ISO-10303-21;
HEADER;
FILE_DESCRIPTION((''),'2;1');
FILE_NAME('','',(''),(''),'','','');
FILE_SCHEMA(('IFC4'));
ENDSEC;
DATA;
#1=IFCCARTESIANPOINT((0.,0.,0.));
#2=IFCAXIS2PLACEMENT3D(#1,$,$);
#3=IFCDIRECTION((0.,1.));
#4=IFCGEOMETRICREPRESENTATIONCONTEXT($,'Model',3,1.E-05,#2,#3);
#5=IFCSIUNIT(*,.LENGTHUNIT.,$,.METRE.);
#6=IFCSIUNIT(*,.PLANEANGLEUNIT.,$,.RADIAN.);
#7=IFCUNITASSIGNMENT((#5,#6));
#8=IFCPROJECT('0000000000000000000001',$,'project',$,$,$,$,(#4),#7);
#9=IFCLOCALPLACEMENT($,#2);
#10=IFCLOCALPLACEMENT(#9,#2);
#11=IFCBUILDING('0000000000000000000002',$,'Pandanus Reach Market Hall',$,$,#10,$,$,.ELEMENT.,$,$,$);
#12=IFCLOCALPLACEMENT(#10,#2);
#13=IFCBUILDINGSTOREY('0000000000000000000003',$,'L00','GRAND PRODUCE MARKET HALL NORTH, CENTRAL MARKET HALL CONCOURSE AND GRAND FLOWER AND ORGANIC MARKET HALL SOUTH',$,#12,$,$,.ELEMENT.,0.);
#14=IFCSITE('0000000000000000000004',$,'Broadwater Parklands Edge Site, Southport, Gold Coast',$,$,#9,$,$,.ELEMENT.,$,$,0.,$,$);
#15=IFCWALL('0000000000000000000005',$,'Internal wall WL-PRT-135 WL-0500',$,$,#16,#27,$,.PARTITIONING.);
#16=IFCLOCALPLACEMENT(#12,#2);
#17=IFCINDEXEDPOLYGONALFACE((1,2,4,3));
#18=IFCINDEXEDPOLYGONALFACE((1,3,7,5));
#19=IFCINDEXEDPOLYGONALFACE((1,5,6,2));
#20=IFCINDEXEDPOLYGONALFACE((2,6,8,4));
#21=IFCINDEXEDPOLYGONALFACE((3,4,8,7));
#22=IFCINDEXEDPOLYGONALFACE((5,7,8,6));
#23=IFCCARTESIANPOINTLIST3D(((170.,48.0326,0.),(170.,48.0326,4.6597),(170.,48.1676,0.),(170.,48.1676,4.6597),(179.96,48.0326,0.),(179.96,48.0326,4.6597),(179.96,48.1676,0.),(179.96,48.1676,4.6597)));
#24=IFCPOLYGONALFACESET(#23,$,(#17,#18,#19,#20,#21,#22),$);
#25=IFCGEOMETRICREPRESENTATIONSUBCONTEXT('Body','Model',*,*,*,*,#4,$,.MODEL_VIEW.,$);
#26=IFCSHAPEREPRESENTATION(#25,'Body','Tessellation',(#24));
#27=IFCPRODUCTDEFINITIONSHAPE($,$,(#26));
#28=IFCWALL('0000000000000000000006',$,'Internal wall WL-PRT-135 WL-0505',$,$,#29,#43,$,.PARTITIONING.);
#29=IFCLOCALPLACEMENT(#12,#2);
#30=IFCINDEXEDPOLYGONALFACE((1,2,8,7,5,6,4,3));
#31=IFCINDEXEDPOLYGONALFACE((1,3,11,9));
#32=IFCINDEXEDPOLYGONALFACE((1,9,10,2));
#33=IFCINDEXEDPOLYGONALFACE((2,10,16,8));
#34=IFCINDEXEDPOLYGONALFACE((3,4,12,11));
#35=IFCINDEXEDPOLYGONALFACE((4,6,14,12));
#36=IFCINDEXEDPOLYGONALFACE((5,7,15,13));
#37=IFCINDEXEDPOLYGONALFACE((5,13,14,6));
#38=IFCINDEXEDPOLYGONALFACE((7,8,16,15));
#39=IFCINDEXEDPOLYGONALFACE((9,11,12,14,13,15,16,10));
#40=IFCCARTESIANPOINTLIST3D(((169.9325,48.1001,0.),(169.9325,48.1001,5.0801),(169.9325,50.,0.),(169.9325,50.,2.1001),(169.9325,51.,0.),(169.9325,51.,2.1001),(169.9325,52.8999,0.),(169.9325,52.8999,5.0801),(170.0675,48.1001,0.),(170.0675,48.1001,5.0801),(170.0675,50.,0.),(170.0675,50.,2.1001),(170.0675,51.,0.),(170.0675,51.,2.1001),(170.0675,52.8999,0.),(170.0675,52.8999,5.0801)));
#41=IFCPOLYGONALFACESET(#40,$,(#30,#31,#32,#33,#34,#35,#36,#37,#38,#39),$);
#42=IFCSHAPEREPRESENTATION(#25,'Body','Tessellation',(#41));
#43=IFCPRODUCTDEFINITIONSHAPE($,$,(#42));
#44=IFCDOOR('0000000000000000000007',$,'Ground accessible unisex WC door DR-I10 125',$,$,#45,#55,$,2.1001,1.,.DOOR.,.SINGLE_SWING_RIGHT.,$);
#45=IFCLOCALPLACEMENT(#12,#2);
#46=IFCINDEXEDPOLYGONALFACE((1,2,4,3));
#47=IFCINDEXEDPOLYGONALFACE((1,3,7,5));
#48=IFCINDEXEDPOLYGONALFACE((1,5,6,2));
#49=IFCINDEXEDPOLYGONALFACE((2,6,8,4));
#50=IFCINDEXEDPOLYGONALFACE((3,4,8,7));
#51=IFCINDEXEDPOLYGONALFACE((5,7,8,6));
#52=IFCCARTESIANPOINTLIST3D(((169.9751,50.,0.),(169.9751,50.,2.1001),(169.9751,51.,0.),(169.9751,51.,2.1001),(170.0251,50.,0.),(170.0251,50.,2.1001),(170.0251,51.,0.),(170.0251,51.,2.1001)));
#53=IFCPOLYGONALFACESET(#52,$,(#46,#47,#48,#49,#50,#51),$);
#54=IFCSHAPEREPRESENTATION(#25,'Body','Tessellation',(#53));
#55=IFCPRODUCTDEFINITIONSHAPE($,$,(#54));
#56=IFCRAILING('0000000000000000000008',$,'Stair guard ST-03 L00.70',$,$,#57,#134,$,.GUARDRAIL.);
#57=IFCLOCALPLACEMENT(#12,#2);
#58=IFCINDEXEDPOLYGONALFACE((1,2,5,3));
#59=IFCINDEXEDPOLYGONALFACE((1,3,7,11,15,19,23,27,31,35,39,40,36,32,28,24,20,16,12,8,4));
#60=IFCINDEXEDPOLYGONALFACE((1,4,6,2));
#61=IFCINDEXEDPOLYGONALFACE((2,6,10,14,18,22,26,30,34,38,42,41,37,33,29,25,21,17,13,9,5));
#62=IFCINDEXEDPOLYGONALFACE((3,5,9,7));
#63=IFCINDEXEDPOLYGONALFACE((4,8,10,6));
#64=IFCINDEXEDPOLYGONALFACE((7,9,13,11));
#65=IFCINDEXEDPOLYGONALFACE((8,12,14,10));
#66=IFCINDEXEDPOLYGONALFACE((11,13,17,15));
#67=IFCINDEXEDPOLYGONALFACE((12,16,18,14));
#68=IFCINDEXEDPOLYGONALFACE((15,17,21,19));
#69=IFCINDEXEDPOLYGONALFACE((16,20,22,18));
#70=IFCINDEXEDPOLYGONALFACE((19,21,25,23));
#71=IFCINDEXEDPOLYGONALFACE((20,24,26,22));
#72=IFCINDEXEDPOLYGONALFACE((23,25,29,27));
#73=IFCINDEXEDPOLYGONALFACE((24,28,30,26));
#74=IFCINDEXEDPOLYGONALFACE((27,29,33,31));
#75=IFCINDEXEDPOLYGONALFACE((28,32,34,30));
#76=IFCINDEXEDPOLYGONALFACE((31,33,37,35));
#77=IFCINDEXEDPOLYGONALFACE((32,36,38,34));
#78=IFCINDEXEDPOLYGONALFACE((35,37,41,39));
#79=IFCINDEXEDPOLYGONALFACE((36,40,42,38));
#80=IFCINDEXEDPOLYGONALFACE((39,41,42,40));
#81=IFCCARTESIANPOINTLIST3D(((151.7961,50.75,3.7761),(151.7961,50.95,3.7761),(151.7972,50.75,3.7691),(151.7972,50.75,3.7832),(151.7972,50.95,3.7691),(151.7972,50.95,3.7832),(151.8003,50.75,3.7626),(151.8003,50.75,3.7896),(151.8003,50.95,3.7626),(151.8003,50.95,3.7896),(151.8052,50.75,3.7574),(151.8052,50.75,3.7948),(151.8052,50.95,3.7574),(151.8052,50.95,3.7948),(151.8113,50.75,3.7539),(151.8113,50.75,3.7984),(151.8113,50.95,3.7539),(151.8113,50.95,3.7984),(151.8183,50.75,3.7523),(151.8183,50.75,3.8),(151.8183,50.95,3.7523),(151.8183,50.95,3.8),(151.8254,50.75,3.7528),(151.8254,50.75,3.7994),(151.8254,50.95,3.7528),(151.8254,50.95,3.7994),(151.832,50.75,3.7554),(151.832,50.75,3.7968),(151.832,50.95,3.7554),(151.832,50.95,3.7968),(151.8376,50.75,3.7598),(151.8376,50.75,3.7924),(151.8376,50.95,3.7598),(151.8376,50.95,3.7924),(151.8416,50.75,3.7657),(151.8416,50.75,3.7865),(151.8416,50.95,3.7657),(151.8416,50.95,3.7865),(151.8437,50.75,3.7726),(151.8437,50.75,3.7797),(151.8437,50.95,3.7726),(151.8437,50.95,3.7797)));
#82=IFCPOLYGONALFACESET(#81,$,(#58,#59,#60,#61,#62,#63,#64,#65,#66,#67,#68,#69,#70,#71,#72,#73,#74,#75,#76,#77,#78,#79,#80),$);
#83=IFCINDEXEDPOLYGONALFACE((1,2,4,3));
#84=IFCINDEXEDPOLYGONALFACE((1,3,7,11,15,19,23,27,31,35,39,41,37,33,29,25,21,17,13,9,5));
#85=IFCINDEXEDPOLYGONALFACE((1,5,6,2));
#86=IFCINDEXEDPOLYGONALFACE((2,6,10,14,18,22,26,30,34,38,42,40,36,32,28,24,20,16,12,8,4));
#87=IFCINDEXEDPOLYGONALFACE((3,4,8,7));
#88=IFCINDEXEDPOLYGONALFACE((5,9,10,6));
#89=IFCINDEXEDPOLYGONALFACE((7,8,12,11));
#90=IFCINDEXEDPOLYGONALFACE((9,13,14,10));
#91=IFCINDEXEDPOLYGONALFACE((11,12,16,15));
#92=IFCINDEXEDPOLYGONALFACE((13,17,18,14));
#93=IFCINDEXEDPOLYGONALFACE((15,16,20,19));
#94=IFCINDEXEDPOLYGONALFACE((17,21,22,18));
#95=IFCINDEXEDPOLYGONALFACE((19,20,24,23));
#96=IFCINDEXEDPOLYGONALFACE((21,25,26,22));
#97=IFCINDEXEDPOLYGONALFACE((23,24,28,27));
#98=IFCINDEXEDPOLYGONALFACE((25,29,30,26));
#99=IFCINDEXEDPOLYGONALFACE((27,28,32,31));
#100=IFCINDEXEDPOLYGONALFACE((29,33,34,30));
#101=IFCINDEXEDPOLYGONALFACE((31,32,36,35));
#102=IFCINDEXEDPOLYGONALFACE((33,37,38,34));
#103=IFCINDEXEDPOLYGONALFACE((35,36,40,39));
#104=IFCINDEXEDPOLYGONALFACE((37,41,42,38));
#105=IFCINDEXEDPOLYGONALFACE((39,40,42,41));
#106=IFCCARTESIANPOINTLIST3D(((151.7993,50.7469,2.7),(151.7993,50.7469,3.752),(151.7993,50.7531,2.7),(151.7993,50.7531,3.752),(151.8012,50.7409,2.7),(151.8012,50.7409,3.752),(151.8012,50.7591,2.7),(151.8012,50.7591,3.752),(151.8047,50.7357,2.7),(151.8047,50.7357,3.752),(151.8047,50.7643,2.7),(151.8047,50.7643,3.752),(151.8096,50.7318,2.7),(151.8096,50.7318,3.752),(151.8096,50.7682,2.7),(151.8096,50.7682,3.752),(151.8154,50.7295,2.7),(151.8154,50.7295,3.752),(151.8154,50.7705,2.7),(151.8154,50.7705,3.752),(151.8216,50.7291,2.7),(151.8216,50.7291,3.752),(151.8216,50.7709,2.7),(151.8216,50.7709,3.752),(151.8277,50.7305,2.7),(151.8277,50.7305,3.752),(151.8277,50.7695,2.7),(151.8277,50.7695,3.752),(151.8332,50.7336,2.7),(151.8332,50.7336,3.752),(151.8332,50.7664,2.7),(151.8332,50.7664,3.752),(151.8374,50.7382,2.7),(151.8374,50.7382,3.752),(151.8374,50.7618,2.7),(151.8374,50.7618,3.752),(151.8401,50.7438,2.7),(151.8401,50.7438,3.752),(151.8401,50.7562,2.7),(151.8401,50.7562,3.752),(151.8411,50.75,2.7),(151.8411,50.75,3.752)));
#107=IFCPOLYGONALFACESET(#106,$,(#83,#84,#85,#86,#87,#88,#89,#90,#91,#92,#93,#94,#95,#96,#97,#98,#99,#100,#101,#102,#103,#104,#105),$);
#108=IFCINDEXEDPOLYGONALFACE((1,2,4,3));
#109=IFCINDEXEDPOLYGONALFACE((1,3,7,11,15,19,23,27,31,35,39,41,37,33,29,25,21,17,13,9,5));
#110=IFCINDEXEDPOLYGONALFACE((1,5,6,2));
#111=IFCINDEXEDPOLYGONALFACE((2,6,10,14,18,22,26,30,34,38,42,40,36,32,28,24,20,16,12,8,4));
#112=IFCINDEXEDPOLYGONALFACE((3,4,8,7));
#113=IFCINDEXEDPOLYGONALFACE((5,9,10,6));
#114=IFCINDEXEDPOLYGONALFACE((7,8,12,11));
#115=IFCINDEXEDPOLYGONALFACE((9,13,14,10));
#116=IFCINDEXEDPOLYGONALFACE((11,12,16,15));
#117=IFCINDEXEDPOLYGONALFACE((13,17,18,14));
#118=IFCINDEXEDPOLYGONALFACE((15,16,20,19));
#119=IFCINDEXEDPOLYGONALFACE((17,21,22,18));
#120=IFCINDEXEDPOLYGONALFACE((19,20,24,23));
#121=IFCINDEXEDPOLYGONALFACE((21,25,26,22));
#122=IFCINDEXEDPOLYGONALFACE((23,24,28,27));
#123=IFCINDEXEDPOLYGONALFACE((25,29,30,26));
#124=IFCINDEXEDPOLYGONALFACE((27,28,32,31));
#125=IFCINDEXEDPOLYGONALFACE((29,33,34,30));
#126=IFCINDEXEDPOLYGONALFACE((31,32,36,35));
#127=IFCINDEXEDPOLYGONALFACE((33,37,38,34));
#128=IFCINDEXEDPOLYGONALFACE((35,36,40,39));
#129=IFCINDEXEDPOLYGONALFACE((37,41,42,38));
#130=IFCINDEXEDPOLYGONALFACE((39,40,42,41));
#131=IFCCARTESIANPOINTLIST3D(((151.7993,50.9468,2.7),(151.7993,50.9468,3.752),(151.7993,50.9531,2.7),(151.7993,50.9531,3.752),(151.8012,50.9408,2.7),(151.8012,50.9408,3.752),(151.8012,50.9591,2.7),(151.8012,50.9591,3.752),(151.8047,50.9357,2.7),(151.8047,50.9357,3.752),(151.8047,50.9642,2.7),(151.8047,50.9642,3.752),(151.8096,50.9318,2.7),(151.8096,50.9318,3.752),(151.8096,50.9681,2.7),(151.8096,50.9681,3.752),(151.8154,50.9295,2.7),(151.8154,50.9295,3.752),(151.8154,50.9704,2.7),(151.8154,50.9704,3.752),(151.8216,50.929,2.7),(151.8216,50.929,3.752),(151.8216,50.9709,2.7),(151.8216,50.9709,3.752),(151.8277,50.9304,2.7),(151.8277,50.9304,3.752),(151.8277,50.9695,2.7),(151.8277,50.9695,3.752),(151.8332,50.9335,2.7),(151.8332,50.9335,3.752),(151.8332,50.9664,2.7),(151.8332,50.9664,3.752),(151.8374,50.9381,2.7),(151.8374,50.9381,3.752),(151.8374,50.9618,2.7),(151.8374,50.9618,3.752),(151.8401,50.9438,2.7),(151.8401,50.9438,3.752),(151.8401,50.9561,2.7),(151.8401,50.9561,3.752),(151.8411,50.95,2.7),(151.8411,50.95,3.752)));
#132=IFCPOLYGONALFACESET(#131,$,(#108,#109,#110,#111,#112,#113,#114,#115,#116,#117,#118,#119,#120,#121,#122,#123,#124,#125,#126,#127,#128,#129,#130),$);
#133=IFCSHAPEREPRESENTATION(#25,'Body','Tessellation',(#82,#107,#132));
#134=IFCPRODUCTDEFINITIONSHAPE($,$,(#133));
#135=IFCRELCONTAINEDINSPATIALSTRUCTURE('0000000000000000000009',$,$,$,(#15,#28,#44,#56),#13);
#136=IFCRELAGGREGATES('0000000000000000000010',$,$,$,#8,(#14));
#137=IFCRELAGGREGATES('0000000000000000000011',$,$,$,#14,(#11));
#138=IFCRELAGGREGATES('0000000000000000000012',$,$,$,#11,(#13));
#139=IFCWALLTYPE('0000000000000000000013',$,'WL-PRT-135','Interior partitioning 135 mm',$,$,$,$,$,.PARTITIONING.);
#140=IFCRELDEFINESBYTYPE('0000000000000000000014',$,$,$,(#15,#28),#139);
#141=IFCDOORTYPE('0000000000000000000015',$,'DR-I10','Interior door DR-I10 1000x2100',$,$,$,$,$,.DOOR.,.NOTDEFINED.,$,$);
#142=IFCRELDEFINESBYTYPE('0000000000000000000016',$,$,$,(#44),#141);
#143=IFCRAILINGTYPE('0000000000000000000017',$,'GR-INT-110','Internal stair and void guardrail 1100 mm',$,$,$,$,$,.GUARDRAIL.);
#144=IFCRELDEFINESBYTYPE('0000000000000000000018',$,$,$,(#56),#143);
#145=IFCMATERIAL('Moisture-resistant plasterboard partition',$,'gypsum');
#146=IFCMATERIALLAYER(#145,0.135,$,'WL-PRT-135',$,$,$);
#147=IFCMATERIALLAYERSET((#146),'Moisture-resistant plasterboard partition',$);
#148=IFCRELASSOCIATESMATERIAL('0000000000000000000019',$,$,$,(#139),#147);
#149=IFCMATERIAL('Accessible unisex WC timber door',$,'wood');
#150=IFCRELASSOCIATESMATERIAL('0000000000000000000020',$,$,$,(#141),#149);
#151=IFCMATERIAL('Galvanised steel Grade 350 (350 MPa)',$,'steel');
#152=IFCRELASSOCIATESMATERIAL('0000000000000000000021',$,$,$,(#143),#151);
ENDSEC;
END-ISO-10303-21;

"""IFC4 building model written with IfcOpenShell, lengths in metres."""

from ifc_helpers import new_model, si_unit, direction, frame, frame_2d, origin, origin_2d, place, context, subcontext, project, spatial, rectangle, circle, extrude, material, layer, layer_set, type_object, element, fill, save


model = new_model("IFC4")

# Units and contexts
model_context = context("Model", 3, precision=1e-05, world=origin(), true_north=direction((0.0, 1.0)))
body_context = subcontext(model_context, "Body", "Model", "MODEL_VIEW")
ifc_project = project(units=[si_unit("LENGTHUNIT", "METRE"), si_unit("PLANEANGLEUNIT", "RADIAN")], contexts=[model_context])

# Site, building, storey
site_placement = place(None, origin())
site = spatial("IfcSite", under=ifc_project, at=site_placement, Name="Broadwater Parklands Edge Site, Southport, Gold Coast", CompositionType="ELEMENT", RefElevation=0.0)
building_placement = place(site_placement, origin())
building = spatial("IfcBuilding", under=site, at=building_placement, Name="Pandanus Reach Market Hall", CompositionType="ELEMENT")
storey_placement = place(building_placement, origin())
storey = spatial("IfcBuildingStorey", under=building, at=storey_placement, Name="L00", Description="GRAND PRODUCE MARKET HALL NORTH, CENTRAL MARKET HALL CONCOURSE AND GRAND FLOWER AND ORGANIC MARKET HALL SOUTH", CompositionType="ELEMENT", Elevation=0.0)

# Wall
ifc_material_1 = material(Name="Moisture-resistant plasterboard partition", Category="gypsum")
ifc_layer_1 = layer(ifc_material_1, 0.135, Name="WL-PRT-135")
ifc_layer_set_1 = layer_set([ifc_layer_1], Name="Moisture-resistant plasterboard partition")
wall_type_1 = type_object("IfcWallType", Name="WL-PRT-135", Description="Interior partitioning 135 mm", PredefinedType="PARTITIONING", material=ifc_layer_set_1)
wall_1_placement = place(storey_placement, frame((170.0, 48.1001, 0.0), z_axis=(0.0, 0.0, 1.0), x_axis=(1.0, 0.0, 0.0)))
element("IfcWall", 1, at=wall_1_placement, inside=storey, type_object=wall_type_1, Name="Internal wall WL-PRT-135 WL-0500", PredefinedType="PARTITIONING", context=body_context, shape_type="SweptSolid", body=[
    extrude(rectangle(XDim=9.96, YDim=0.135, at=frame_2d((4.98, 0.0))), origin(), (0.0, 0.0, 1.0), 4.6597),
])

# Wall, opening, door
wall_2_placement = place(storey_placement, frame((170.0, 48.1001, 0.0), z_axis=(0.0, 0.0, 1.0), x_axis=(0.0, 1.0, 0.0)))
wall_2 = element("IfcWall", 2, at=wall_2_placement, inside=storey, type_object=wall_type_1, Name="Internal wall WL-PRT-135 WL-0505", PredefinedType="PARTITIONING", context=body_context, shape_type="SweptSolid", body=[
    extrude(rectangle(XDim=4.7998, YDim=0.135, at=frame_2d((2.3999, 0.0))), origin(), (0.0, 0.0, 1.0), 5.0801),
])
opening_1_placement = place(wall_2_placement, frame((1.8999, 0.0, 0.0)))
opening_1 = element("IfcOpeningElement", 3, at=opening_1_placement, cuts=wall_2, PredefinedType="OPENING", context=body_context, shape_type="SweptSolid", body=[
    extrude(rectangle(XDim=1.0, YDim=2.1001, at=frame_2d((0.5, 1.05))), frame((0.0, 0.0825, 0.0), z_axis=(0.0, -1.0, 0.0), x_axis=(1.0, 0.0, 0.0)), (0.0, 0.0, 1.0), 0.165),
])
ifc_material_2 = material(Name="Accessible unisex WC timber door", Category="wood")
door_type_1 = type_object("IfcDoorType", Name="DR-I10", Description="Interior door DR-I10 1000x2100", OperationType="NOTDEFINED", PredefinedType="DOOR", material=ifc_material_2)
door_1_placement = place(opening_1_placement, origin())
door_1 = element("IfcDoor", 4, at=door_1_placement, inside=storey, type_object=door_type_1, Name="Ground accessible unisex WC door DR-I10 125", OperationType="SINGLE_SWING_RIGHT", OverallHeight=2.1001, OverallWidth=1.0, PredefinedType="DOOR", context=body_context, shape_type="SweptSolid", body=[
    extrude(rectangle(XDim=1.0, YDim=2.1001, at=frame_2d((0.5, 1.05))), frame((0.0, 0.0249, 0.0), z_axis=(0.0, -1.0, 0.0), x_axis=(1.0, 0.0, 0.0)), (0.0, 0.0, 1.0), 0.05),
])
fill(opening_1, door_1)

# Railing
ifc_material_3 = material(Name="Galvanised steel Grade 350 (350 MPa)", Category="steel")
railing_type_1 = type_object("IfcRailingType", Name="GR-INT-110", Description="Internal stair and void guardrail 1100 mm", PredefinedType="GUARDRAIL", material=ifc_material_3)
railing_1_placement = place(storey_placement, frame((151.8201, 50.75, 2.7)))
element("IfcRailing", 5, at=railing_1_placement, inside=storey, type_object=railing_type_1, Name="Stair guard ST-03 L00.70", PredefinedType="GUARDRAIL", context=body_context, shape_type="SweptSolid", body=[
    extrude(circle(Radius=0.0239, at=origin_2d()), frame((0.0, 0.0, 1.0762), z_axis=(0.0, 1.0, 0.0), x_axis=(-1.0, 0.0, 0.0)), (0.0, 0.0, 1.0), 0.2),
    extrude(circle(Radius=0.021, at=origin_2d()), origin(), (0.0, 0.0, 1.0), 1.052),
    extrude(circle(Radius=0.021, at=origin_2d()), frame((0.0, 0.2, 0.0)), (0.0, 0.0, 1.0), 1.052),
])

save(model, "model.ifc")
